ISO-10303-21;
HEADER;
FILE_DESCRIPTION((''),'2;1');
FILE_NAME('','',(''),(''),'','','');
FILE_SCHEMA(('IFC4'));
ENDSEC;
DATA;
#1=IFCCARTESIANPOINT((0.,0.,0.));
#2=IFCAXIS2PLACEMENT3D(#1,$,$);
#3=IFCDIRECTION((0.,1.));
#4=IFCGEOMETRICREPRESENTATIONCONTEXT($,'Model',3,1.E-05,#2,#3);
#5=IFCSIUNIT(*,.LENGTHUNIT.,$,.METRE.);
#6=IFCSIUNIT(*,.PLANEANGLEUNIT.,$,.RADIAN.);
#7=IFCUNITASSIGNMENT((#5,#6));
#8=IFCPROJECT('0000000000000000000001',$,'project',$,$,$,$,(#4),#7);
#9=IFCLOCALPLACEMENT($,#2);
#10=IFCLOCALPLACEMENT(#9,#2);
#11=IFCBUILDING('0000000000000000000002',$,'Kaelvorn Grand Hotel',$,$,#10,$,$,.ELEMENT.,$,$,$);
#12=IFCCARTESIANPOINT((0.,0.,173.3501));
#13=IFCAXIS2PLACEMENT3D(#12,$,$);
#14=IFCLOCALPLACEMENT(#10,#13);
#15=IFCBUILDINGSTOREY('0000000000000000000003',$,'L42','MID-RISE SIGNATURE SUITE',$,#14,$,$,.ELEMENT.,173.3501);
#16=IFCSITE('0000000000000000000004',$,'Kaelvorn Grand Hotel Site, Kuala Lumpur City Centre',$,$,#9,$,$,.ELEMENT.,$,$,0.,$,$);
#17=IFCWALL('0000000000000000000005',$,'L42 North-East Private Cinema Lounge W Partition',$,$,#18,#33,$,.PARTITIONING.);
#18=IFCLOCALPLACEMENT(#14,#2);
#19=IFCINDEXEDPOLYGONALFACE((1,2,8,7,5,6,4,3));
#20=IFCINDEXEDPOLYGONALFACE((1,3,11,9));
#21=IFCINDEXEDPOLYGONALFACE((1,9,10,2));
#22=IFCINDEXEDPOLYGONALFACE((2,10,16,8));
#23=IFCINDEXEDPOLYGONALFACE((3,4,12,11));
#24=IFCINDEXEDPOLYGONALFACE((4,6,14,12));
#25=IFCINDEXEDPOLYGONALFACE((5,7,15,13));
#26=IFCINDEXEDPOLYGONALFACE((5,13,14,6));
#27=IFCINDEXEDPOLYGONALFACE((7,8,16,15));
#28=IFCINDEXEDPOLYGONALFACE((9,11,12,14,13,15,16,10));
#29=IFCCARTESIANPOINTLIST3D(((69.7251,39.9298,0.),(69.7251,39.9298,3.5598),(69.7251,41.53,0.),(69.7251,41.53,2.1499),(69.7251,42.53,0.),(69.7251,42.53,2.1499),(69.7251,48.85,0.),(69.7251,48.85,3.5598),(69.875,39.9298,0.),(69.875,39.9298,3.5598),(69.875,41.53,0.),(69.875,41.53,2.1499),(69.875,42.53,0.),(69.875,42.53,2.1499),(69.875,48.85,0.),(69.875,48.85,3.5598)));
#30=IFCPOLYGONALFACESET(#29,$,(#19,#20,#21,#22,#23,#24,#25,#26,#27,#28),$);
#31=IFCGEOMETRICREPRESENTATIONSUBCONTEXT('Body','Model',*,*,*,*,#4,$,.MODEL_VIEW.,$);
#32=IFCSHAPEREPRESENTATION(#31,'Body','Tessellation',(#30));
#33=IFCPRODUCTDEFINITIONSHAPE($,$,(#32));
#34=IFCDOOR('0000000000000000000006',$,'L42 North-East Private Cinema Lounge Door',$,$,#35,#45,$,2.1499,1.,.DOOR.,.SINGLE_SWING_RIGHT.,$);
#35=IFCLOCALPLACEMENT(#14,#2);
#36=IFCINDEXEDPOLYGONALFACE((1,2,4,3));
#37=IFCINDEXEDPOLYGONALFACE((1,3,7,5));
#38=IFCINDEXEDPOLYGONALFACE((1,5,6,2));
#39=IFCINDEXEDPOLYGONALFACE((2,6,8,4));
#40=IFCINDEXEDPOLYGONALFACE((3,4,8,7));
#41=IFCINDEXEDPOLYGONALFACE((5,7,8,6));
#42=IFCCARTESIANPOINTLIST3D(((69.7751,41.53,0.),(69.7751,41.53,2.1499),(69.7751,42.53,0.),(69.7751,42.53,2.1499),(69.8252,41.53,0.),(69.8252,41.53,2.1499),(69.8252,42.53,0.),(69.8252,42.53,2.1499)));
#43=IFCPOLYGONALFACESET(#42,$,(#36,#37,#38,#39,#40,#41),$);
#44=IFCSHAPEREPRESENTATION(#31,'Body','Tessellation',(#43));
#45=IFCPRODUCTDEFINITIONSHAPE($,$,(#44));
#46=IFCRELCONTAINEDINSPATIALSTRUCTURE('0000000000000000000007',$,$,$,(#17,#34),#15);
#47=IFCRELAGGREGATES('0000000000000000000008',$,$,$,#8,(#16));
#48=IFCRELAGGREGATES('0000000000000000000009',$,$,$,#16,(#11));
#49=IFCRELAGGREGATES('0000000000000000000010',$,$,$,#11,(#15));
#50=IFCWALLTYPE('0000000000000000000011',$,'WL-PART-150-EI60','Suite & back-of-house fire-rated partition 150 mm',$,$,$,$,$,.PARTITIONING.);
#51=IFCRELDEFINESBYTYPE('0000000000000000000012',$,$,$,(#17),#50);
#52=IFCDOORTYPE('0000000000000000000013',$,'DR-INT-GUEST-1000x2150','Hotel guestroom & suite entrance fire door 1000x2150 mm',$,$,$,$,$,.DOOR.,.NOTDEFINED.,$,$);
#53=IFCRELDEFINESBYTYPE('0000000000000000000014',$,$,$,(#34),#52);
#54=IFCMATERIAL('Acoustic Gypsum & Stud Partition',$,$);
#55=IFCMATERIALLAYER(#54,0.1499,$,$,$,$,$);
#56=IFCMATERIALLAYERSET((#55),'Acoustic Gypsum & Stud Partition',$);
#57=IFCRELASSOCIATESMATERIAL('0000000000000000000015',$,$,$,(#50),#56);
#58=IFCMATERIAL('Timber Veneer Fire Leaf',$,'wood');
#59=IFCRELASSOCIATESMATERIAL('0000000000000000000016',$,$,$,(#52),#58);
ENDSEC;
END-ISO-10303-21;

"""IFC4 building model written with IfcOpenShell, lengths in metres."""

from ifc_helpers import new_model, si_unit, direction, frame, frame_2d, origin, place, context, subcontext, project, spatial, rectangle, extrude, material, layer, layer_set, type_object, element, fill, save


model = new_model("IFC4")

# Units and contexts
model_context = context("Model", 3, precision=1e-05, world=origin(), true_north=direction((0.0, 1.0)))
body_context = subcontext(model_context, "Body", "Model", "MODEL_VIEW")
ifc_project = project(units=[si_unit("LENGTHUNIT", "METRE"), si_unit("PLANEANGLEUNIT", "RADIAN")], contexts=[model_context])

# Site, building, storey
site_placement = place(None, origin())
site = spatial("IfcSite", under=ifc_project, at=site_placement, Name="Kaelvorn Grand Hotel Site, Kuala Lumpur City Centre", CompositionType="ELEMENT", RefElevation=0.0)
building_placement = place(site_placement, origin())
building = spatial("IfcBuilding", under=site, at=building_placement, Name="Kaelvorn Grand Hotel", CompositionType="ELEMENT")
storey_placement = place(building_placement, frame((0.0, 0.0, 173.3501)))
storey = spatial("IfcBuildingStorey", under=building, at=storey_placement, Name="L42", Description="MID-RISE SIGNATURE SUITE", CompositionType="ELEMENT", Elevation=173.3501)

# Shared definitions
ifc_material_1 = material(Name="Acoustic Gypsum & Stud Partition")
ifc_layer_1 = layer(ifc_material_1, 0.1499)
ifc_layer_set_1 = layer_set([ifc_layer_1], Name="Acoustic Gypsum & Stud Partition")
wall_type = type_object("IfcWallType", Name="WL-PART-150-EI60", Description="Suite & back-of-house fire-rated partition 150 mm", PredefinedType="PARTITIONING", material=ifc_layer_set_1)

# Wall, opening, door
ifc_material_2 = material(Name="Timber Veneer Fire Leaf", Category="wood")
door_type = type_object("IfcDoorType", Name="DR-INT-GUEST-1000x2150", Description="Hotel guestroom & suite entrance fire door 1000x2150 mm", OperationType="NOTDEFINED", PredefinedType="DOOR", material=ifc_material_2)
wall_1_placement = place(storey_placement, frame((69.8, 39.9299, 0.0), z_axis=(0.0, 0.0, 1.0), x_axis=(0.0, 1.0, 0.0)))
wall_1 = element("IfcWall", 1, at=wall_1_placement, inside=storey, type_object=wall_type, Name="L42 North-East Private Cinema Lounge W Partition", PredefinedType="PARTITIONING", context=body_context, shape_type="SweptSolid", body=[
    extrude(rectangle(XDim=8.9202, YDim=0.1499, at=frame_2d((4.46, 0.0))), origin(), (0.0, 0.0, 1.0), 3.5598),
])
opening_1_placement = place(wall_1_placement, frame((1.6001, 0.0, 0.0)))
opening_1 = element("IfcOpeningElement", 2, at=opening_1_placement, cuts=wall_1, PredefinedType="OPENING", context=body_context, shape_type="SweptSolid", body=[
    extrude(rectangle(XDim=1.0, YDim=2.1499, at=frame_2d((0.5, 1.075))), frame((0.0, 0.085, 0.0), z_axis=(0.0, -1.0, 0.0), x_axis=(1.0, 0.0, 0.0)), (0.0, 0.0, 1.0), 0.1699),
])
door_1_placement = place(opening_1_placement, origin())
door_1 = element("IfcDoor", 3, at=door_1_placement, inside=storey, type_object=door_type, Name="L42 North-East Private Cinema Lounge Door", OperationType="SINGLE_SWING_RIGHT", OverallHeight=2.1499, OverallWidth=1.0, PredefinedType="DOOR", context=body_context, shape_type="SweptSolid", body=[
    extrude(rectangle(XDim=1.0, YDim=2.1499, at=frame_2d((0.5, 1.075))), frame((0.0, 0.0249, 0.0), z_axis=(0.0, -1.0, 0.0), x_axis=(1.0, 0.0, 0.0)), (0.0, 0.0, 1.0), 0.05),
])
fill(opening_1, door_1)

save(model, "model.ifc")
